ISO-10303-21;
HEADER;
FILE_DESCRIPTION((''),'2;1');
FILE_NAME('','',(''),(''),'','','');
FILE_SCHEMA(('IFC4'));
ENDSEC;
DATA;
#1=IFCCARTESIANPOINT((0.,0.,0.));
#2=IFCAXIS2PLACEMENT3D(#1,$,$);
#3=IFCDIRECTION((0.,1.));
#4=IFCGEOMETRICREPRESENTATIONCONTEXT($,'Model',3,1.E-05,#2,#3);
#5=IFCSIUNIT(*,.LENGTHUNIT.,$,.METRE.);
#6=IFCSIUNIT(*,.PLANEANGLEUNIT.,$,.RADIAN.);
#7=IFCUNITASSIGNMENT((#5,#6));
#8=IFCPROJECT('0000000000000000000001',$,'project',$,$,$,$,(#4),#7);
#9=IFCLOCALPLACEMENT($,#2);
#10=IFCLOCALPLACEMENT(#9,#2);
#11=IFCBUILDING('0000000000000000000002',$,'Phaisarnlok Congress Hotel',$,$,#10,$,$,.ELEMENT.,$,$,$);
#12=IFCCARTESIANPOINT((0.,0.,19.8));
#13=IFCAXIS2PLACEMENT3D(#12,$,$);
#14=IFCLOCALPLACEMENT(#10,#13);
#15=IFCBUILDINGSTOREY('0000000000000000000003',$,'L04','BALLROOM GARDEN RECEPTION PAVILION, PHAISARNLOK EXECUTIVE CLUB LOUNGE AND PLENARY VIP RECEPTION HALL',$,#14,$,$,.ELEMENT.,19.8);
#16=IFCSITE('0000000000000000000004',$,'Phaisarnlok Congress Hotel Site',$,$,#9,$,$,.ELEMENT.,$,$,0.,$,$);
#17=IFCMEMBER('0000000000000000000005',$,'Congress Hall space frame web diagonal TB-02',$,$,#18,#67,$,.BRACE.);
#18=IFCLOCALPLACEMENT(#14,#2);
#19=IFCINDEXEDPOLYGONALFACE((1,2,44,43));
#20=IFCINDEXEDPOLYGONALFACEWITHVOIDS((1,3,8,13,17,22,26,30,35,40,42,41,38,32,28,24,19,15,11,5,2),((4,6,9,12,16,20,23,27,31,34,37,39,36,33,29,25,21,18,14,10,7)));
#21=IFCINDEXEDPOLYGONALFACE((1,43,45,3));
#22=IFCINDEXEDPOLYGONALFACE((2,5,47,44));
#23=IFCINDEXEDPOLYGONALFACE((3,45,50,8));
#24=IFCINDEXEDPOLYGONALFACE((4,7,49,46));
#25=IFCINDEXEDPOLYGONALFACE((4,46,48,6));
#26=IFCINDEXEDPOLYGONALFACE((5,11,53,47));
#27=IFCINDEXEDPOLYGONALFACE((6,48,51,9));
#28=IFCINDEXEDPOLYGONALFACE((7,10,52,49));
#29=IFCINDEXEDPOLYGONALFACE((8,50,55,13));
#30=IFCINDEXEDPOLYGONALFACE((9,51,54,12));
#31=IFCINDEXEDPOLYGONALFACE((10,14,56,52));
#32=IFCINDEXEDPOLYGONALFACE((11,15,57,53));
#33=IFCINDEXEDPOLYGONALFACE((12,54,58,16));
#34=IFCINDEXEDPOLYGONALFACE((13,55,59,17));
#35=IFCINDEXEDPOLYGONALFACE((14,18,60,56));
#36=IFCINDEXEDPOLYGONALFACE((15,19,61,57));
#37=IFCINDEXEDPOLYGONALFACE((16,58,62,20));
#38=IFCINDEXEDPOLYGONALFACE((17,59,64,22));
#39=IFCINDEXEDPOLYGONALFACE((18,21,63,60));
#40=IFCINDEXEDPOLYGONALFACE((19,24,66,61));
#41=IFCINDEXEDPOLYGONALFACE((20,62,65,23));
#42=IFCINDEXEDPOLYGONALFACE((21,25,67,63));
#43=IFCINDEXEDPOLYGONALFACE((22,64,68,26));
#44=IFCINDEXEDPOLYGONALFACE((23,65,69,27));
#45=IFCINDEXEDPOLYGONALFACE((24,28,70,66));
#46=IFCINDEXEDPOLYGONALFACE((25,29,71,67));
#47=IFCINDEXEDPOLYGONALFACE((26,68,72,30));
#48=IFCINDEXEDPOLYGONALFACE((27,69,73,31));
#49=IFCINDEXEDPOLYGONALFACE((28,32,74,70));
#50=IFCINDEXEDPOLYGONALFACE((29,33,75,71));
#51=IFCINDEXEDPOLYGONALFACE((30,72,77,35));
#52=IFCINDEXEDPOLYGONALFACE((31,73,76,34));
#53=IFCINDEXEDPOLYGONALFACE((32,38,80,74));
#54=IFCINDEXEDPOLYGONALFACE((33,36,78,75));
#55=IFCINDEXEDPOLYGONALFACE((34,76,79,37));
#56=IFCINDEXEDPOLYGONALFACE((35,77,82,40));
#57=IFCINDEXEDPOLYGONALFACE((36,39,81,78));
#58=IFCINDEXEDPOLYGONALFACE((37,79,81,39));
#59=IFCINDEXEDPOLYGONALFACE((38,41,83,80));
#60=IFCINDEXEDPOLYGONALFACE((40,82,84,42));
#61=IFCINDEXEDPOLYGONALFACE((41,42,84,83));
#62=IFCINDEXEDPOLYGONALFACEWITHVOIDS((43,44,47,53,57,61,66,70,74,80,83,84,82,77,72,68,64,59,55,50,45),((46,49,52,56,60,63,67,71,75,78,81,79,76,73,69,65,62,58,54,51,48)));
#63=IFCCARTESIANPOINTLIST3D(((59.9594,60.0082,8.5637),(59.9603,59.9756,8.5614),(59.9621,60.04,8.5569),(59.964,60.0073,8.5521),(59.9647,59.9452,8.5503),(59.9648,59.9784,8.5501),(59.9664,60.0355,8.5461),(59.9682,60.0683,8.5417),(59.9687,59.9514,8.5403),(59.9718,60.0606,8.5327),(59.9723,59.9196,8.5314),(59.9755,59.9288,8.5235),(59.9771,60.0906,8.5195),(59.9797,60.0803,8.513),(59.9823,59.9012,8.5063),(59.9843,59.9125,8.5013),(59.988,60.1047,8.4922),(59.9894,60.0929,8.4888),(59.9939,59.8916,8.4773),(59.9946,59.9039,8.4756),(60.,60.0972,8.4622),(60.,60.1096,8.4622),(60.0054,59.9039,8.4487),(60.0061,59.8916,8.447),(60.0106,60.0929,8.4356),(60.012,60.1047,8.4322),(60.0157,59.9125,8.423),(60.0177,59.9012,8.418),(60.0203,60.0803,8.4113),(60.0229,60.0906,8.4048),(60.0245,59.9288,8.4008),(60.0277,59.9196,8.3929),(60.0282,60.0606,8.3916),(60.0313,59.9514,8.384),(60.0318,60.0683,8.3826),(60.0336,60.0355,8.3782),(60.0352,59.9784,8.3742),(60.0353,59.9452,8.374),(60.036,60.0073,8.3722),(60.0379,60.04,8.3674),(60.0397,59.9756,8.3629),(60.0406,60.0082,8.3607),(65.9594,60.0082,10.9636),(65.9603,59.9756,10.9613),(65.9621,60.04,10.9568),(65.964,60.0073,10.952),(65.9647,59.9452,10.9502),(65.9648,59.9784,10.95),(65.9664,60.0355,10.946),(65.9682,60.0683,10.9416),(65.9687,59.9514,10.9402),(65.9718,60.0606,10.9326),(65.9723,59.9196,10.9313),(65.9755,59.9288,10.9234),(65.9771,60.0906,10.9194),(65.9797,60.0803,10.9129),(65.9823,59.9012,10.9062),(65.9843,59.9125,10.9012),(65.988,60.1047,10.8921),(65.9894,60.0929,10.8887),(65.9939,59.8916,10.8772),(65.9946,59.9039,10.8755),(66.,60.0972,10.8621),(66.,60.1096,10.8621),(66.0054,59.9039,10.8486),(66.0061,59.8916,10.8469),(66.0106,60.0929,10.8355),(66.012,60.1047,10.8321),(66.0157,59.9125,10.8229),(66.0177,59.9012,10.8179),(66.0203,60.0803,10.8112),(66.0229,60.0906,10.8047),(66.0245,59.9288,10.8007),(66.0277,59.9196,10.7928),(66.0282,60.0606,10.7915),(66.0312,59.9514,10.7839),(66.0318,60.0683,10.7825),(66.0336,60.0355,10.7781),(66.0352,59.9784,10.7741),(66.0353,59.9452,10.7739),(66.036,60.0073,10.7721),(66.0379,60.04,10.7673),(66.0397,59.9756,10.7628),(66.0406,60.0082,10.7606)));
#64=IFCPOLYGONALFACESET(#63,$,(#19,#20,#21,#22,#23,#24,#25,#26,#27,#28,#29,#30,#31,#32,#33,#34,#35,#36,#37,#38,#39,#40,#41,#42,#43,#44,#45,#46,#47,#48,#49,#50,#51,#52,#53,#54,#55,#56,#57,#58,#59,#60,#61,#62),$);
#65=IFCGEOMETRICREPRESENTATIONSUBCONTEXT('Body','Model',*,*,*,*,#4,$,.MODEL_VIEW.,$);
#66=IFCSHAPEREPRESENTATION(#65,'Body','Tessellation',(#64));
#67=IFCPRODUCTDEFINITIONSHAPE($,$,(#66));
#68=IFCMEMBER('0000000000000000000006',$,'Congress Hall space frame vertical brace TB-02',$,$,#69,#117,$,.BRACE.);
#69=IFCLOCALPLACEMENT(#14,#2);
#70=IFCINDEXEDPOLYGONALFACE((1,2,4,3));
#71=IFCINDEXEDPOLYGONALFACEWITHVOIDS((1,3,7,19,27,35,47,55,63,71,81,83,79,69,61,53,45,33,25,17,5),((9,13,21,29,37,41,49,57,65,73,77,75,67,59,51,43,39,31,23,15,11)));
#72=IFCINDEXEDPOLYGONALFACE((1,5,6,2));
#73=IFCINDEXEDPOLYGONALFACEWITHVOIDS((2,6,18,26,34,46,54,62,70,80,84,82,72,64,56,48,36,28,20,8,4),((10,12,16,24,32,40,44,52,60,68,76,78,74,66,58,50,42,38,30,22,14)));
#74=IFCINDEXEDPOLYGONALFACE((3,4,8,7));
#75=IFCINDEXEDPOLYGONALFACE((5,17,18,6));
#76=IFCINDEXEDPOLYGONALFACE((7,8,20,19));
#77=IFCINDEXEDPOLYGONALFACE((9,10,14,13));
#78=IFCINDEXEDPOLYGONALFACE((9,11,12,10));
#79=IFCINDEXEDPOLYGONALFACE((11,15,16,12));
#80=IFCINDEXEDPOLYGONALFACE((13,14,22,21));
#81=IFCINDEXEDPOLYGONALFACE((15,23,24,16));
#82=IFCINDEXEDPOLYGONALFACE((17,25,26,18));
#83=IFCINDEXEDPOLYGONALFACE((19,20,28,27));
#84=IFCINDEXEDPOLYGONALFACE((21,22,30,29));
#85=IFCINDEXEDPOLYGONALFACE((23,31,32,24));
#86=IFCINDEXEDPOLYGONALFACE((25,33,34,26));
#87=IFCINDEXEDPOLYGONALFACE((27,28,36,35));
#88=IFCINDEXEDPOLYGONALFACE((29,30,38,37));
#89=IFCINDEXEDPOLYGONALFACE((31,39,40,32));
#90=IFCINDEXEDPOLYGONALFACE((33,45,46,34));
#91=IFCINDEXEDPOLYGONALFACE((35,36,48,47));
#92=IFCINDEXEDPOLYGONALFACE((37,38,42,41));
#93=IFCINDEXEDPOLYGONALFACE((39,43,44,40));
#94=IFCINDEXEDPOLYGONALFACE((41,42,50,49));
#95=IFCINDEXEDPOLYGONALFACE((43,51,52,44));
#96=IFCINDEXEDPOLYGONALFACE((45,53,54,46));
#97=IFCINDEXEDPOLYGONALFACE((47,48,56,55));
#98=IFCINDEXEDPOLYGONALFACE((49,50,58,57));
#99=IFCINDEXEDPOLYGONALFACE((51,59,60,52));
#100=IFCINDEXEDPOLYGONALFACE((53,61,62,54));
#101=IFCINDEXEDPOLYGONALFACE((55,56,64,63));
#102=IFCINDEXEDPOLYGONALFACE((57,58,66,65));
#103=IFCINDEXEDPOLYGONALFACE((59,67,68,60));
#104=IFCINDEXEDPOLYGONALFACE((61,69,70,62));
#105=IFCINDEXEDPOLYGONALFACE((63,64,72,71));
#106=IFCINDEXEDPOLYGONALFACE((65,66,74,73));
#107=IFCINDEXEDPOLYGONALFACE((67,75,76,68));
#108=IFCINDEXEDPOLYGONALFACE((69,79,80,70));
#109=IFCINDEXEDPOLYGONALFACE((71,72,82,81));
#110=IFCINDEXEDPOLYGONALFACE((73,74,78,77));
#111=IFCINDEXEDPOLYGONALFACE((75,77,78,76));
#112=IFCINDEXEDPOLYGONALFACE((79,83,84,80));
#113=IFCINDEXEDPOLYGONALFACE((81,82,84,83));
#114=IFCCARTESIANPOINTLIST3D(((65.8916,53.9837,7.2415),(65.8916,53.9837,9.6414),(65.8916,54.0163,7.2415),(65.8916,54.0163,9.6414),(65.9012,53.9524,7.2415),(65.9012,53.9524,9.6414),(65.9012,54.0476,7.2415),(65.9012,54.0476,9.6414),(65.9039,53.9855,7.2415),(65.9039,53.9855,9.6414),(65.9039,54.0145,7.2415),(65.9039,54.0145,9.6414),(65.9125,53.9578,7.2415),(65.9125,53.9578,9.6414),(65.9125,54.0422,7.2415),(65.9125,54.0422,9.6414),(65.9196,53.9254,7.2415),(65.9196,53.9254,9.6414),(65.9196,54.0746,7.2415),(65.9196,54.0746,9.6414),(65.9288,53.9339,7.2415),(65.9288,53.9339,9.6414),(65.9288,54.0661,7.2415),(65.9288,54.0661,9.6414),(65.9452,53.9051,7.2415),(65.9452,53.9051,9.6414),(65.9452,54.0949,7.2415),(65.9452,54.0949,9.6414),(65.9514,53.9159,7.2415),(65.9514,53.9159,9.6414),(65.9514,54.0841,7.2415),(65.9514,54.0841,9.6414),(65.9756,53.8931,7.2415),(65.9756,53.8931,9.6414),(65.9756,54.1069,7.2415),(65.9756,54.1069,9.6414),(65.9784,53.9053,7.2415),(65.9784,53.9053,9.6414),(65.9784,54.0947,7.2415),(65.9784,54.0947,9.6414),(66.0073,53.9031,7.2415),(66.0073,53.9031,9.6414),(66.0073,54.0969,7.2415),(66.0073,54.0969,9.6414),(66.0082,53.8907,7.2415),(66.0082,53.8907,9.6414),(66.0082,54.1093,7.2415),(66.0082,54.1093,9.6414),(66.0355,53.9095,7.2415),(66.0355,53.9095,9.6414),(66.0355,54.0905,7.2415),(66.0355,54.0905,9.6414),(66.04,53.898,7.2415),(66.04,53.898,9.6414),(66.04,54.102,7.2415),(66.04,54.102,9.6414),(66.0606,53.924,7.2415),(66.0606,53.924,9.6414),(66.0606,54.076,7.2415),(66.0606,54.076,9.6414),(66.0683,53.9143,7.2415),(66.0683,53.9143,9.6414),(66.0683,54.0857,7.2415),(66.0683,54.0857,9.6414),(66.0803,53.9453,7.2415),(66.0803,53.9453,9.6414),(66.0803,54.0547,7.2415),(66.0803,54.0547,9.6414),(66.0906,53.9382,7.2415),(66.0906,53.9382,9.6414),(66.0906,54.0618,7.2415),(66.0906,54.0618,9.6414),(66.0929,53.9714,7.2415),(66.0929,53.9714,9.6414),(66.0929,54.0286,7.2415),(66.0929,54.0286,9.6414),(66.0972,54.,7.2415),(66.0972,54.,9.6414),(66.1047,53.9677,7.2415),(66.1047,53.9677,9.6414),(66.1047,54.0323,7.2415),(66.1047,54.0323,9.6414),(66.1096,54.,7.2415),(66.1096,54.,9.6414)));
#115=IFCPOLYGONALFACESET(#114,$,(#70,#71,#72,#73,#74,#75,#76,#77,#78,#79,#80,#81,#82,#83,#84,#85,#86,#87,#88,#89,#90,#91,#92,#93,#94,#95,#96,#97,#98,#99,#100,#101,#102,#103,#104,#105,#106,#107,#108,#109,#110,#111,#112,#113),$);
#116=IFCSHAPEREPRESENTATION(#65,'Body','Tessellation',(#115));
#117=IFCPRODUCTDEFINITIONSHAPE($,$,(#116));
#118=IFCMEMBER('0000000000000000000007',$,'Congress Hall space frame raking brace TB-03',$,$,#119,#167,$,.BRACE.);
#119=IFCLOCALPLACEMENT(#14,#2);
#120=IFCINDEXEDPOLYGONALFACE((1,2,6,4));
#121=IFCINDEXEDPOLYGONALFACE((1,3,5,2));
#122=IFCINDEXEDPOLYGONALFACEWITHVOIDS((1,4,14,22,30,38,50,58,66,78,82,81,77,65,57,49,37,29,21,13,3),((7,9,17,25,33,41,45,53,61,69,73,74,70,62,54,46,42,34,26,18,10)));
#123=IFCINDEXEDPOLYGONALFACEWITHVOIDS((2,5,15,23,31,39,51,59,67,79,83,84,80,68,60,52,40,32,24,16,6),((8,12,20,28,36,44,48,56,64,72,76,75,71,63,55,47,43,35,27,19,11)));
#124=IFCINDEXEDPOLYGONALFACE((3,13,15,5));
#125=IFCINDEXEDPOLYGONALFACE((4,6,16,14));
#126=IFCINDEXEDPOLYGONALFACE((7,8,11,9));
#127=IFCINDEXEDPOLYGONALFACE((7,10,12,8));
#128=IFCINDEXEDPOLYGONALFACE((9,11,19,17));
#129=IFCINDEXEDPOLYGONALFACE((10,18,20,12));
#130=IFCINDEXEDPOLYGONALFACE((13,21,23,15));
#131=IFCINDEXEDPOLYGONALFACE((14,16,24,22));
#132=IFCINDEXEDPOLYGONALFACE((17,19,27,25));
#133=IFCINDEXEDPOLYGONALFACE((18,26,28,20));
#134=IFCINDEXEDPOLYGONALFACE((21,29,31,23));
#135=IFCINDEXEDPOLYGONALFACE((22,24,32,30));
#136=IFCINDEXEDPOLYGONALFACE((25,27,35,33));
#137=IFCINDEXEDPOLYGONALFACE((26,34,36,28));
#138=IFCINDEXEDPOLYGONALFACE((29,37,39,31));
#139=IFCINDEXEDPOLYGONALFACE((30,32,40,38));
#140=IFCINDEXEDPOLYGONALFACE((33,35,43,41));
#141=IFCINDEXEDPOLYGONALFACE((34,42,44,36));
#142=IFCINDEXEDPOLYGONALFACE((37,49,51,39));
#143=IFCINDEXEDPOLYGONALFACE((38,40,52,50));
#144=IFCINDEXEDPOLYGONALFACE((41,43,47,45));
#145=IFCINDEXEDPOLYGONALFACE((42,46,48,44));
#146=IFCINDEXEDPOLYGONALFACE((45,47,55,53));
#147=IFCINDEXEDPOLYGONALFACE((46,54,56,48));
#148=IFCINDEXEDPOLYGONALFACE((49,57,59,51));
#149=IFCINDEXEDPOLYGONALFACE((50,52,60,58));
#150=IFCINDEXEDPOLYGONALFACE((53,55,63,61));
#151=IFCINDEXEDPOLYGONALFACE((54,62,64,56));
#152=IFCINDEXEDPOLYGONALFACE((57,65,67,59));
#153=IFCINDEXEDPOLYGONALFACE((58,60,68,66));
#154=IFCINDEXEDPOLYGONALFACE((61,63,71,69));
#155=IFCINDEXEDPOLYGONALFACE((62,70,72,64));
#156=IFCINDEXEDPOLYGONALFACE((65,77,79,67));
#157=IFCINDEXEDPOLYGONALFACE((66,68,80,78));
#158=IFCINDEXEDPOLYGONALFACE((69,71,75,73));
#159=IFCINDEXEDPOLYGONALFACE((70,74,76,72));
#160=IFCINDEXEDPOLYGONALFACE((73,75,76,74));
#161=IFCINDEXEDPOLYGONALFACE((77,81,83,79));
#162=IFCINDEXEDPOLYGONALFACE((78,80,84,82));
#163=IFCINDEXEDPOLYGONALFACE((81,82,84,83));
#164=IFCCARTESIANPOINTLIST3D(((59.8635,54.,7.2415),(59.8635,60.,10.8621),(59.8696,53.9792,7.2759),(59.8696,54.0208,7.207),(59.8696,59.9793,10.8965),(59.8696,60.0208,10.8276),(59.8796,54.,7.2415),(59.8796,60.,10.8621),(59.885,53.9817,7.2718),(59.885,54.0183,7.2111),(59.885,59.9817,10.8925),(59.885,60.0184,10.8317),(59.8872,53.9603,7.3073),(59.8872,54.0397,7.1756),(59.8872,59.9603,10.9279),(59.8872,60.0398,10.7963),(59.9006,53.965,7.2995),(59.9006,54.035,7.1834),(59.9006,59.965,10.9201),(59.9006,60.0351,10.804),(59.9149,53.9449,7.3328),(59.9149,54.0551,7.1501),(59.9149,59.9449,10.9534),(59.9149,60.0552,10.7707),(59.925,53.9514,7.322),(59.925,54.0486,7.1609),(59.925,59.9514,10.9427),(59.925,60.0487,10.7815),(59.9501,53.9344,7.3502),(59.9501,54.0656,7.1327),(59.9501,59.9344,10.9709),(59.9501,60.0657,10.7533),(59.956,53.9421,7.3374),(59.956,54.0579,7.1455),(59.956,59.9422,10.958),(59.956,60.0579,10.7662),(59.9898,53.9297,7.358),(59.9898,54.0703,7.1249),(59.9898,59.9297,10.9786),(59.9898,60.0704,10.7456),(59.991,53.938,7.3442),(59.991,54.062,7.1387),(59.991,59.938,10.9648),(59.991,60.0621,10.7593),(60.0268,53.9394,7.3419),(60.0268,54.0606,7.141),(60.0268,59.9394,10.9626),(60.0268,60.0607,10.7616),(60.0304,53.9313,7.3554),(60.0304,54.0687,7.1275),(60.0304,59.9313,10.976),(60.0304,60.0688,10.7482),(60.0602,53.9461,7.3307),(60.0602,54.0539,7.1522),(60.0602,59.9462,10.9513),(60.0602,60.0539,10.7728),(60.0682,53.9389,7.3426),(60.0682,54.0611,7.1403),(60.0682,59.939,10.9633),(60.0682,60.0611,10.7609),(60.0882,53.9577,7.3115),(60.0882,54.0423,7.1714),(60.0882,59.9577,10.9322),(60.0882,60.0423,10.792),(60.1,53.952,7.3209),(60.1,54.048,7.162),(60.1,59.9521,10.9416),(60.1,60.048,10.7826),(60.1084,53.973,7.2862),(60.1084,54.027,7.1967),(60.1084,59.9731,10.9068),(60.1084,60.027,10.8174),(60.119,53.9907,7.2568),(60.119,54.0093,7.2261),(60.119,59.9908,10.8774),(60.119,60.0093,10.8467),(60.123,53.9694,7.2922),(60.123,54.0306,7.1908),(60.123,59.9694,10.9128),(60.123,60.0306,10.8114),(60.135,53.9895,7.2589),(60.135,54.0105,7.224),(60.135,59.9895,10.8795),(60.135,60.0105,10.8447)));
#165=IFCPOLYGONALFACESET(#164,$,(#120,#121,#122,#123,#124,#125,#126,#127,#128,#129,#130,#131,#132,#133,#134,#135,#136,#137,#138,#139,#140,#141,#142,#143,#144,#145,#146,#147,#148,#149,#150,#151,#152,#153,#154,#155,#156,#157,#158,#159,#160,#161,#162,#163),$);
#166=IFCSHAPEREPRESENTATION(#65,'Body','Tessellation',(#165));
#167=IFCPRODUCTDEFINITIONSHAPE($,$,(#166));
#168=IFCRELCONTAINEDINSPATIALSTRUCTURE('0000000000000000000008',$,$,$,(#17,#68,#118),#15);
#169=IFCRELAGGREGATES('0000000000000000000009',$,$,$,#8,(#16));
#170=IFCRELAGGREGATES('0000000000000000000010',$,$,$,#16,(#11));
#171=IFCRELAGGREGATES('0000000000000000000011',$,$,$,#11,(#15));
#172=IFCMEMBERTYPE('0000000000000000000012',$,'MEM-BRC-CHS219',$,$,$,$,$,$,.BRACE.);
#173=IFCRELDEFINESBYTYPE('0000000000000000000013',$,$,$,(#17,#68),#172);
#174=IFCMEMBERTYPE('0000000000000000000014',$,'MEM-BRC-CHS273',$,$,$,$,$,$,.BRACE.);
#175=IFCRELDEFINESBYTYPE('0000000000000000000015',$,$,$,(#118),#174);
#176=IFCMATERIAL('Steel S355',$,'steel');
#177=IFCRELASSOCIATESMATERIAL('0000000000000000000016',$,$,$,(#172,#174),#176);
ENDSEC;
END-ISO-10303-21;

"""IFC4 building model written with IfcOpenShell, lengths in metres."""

from ifc_helpers import new_model, si_unit, direction, frame, origin, origin_2d, place, context, subcontext, project, spatial, hollow_circle, extrude, material, material_profile, profile_set, type_object, element, save


model = new_model("IFC4")

# Units and contexts
model_context = context("Model", 3, precision=1e-05, world=origin(), true_north=direction((0.0, 1.0)))
body_context = subcontext(model_context, "Body", "Model", "MODEL_VIEW")
ifc_project = project(units=[si_unit("LENGTHUNIT", "METRE"), si_unit("PLANEANGLEUNIT", "RADIAN")], contexts=[model_context])

# Site, building, storey
site_placement = place(None, origin())
site = spatial("IfcSite", under=ifc_project, at=site_placement, Name="Phaisarnlok Congress Hotel Site", CompositionType="ELEMENT", RefElevation=0.0)
building_placement = place(site_placement, origin())
building = spatial("IfcBuilding", under=site, at=building_placement, Name="Phaisarnlok Congress Hotel", CompositionType="ELEMENT")
storey_placement = place(building_placement, frame((0.0, 0.0, 19.8)))
storey = spatial("IfcBuildingStorey", under=building, at=storey_placement, Name="L04", Description="BALLROOM GARDEN RECEPTION PAVILION, PHAISARNLOK EXECUTIVE CLUB LOUNGE AND PLENARY VIP RECEPTION HALL", CompositionType="ELEMENT", Elevation=19.8)

# Shared definitions
ifc_material_1 = material(Name="Steel S355", Category="steel")

# Members
ifc_material_profile_1 = material_profile(ifc_material_1, hollow_circle(Radius=0.1096, WallThickness=0.0125, at=origin_2d()), Name="CHS 219.1x12.5")
ifc_profile_set_1 = profile_set([ifc_material_profile_1], Name="Steel S355")
member_type_1 = type_object("IfcMemberType", Name="MEM-BRC-CHS219", PredefinedType="BRACE", material=ifc_profile_set_1)
member_1_placement = place(storey_placement, frame((60.0, 60.0, 8.4622), z_axis=(0.928482, 0.0, 0.371378), x_axis=(0.0, 1.0, 0.0)))
element("IfcMember", 1, at=member_1_placement, inside=storey, type_object=member_type_1, Name="Congress Hall space frame web diagonal TB-02", PredefinedType="BRACE", context=body_context, shape_type="SweptSolid", body=[
    extrude(hollow_circle(Radius=0.1096, WallThickness=0.0125, at=origin_2d()), origin(), (0.0, 0.0, 1.0), 6.4622),
])
member_2_placement = place(storey_placement, frame((66.0, 54.0, 7.2415), z_axis=(0.0, 0.0, 1.0), x_axis=(1.0, 0.0, 0.0)))
element("IfcMember", 2, at=member_2_placement, inside=storey, type_object=member_type_1, Name="Congress Hall space frame vertical brace TB-02", PredefinedType="BRACE", context=body_context, shape_type="SweptSolid", body=[
    extrude(hollow_circle(Radius=0.1096, WallThickness=0.0125, at=origin_2d()), origin(), (0.0, 0.0, 1.0), 2.3999),
])
ifc_material_profile_2 = material_profile(ifc_material_1, hollow_circle(Radius=0.1365, WallThickness=0.0161, at=origin_2d()), Name="CHS 273x16")
ifc_profile_set_2 = profile_set([ifc_material_profile_2], Name="Steel S355")
member_type_2 = type_object("IfcMemberType", Name="MEM-BRC-CHS273", PredefinedType="BRACE", material=ifc_profile_set_2)
member_3_placement = place(storey_placement, frame((60.0, 54.0, 7.2415), z_axis=(0.0, 0.856193, 0.516656), x_axis=(-1.0, 0.0, 0.0)))
element("IfcMember", 3, at=member_3_placement, inside=storey, type_object=member_type_2, Name="Congress Hall space frame raking brace TB-03", PredefinedType="BRACE", context=body_context, shape_type="SweptSolid", body=[
    extrude(hollow_circle(Radius=0.1365, WallThickness=0.0161, at=origin_2d()), origin(), (0.0, 0.0, 1.0), 7.0078),
])

save(model, "model.ifc")
